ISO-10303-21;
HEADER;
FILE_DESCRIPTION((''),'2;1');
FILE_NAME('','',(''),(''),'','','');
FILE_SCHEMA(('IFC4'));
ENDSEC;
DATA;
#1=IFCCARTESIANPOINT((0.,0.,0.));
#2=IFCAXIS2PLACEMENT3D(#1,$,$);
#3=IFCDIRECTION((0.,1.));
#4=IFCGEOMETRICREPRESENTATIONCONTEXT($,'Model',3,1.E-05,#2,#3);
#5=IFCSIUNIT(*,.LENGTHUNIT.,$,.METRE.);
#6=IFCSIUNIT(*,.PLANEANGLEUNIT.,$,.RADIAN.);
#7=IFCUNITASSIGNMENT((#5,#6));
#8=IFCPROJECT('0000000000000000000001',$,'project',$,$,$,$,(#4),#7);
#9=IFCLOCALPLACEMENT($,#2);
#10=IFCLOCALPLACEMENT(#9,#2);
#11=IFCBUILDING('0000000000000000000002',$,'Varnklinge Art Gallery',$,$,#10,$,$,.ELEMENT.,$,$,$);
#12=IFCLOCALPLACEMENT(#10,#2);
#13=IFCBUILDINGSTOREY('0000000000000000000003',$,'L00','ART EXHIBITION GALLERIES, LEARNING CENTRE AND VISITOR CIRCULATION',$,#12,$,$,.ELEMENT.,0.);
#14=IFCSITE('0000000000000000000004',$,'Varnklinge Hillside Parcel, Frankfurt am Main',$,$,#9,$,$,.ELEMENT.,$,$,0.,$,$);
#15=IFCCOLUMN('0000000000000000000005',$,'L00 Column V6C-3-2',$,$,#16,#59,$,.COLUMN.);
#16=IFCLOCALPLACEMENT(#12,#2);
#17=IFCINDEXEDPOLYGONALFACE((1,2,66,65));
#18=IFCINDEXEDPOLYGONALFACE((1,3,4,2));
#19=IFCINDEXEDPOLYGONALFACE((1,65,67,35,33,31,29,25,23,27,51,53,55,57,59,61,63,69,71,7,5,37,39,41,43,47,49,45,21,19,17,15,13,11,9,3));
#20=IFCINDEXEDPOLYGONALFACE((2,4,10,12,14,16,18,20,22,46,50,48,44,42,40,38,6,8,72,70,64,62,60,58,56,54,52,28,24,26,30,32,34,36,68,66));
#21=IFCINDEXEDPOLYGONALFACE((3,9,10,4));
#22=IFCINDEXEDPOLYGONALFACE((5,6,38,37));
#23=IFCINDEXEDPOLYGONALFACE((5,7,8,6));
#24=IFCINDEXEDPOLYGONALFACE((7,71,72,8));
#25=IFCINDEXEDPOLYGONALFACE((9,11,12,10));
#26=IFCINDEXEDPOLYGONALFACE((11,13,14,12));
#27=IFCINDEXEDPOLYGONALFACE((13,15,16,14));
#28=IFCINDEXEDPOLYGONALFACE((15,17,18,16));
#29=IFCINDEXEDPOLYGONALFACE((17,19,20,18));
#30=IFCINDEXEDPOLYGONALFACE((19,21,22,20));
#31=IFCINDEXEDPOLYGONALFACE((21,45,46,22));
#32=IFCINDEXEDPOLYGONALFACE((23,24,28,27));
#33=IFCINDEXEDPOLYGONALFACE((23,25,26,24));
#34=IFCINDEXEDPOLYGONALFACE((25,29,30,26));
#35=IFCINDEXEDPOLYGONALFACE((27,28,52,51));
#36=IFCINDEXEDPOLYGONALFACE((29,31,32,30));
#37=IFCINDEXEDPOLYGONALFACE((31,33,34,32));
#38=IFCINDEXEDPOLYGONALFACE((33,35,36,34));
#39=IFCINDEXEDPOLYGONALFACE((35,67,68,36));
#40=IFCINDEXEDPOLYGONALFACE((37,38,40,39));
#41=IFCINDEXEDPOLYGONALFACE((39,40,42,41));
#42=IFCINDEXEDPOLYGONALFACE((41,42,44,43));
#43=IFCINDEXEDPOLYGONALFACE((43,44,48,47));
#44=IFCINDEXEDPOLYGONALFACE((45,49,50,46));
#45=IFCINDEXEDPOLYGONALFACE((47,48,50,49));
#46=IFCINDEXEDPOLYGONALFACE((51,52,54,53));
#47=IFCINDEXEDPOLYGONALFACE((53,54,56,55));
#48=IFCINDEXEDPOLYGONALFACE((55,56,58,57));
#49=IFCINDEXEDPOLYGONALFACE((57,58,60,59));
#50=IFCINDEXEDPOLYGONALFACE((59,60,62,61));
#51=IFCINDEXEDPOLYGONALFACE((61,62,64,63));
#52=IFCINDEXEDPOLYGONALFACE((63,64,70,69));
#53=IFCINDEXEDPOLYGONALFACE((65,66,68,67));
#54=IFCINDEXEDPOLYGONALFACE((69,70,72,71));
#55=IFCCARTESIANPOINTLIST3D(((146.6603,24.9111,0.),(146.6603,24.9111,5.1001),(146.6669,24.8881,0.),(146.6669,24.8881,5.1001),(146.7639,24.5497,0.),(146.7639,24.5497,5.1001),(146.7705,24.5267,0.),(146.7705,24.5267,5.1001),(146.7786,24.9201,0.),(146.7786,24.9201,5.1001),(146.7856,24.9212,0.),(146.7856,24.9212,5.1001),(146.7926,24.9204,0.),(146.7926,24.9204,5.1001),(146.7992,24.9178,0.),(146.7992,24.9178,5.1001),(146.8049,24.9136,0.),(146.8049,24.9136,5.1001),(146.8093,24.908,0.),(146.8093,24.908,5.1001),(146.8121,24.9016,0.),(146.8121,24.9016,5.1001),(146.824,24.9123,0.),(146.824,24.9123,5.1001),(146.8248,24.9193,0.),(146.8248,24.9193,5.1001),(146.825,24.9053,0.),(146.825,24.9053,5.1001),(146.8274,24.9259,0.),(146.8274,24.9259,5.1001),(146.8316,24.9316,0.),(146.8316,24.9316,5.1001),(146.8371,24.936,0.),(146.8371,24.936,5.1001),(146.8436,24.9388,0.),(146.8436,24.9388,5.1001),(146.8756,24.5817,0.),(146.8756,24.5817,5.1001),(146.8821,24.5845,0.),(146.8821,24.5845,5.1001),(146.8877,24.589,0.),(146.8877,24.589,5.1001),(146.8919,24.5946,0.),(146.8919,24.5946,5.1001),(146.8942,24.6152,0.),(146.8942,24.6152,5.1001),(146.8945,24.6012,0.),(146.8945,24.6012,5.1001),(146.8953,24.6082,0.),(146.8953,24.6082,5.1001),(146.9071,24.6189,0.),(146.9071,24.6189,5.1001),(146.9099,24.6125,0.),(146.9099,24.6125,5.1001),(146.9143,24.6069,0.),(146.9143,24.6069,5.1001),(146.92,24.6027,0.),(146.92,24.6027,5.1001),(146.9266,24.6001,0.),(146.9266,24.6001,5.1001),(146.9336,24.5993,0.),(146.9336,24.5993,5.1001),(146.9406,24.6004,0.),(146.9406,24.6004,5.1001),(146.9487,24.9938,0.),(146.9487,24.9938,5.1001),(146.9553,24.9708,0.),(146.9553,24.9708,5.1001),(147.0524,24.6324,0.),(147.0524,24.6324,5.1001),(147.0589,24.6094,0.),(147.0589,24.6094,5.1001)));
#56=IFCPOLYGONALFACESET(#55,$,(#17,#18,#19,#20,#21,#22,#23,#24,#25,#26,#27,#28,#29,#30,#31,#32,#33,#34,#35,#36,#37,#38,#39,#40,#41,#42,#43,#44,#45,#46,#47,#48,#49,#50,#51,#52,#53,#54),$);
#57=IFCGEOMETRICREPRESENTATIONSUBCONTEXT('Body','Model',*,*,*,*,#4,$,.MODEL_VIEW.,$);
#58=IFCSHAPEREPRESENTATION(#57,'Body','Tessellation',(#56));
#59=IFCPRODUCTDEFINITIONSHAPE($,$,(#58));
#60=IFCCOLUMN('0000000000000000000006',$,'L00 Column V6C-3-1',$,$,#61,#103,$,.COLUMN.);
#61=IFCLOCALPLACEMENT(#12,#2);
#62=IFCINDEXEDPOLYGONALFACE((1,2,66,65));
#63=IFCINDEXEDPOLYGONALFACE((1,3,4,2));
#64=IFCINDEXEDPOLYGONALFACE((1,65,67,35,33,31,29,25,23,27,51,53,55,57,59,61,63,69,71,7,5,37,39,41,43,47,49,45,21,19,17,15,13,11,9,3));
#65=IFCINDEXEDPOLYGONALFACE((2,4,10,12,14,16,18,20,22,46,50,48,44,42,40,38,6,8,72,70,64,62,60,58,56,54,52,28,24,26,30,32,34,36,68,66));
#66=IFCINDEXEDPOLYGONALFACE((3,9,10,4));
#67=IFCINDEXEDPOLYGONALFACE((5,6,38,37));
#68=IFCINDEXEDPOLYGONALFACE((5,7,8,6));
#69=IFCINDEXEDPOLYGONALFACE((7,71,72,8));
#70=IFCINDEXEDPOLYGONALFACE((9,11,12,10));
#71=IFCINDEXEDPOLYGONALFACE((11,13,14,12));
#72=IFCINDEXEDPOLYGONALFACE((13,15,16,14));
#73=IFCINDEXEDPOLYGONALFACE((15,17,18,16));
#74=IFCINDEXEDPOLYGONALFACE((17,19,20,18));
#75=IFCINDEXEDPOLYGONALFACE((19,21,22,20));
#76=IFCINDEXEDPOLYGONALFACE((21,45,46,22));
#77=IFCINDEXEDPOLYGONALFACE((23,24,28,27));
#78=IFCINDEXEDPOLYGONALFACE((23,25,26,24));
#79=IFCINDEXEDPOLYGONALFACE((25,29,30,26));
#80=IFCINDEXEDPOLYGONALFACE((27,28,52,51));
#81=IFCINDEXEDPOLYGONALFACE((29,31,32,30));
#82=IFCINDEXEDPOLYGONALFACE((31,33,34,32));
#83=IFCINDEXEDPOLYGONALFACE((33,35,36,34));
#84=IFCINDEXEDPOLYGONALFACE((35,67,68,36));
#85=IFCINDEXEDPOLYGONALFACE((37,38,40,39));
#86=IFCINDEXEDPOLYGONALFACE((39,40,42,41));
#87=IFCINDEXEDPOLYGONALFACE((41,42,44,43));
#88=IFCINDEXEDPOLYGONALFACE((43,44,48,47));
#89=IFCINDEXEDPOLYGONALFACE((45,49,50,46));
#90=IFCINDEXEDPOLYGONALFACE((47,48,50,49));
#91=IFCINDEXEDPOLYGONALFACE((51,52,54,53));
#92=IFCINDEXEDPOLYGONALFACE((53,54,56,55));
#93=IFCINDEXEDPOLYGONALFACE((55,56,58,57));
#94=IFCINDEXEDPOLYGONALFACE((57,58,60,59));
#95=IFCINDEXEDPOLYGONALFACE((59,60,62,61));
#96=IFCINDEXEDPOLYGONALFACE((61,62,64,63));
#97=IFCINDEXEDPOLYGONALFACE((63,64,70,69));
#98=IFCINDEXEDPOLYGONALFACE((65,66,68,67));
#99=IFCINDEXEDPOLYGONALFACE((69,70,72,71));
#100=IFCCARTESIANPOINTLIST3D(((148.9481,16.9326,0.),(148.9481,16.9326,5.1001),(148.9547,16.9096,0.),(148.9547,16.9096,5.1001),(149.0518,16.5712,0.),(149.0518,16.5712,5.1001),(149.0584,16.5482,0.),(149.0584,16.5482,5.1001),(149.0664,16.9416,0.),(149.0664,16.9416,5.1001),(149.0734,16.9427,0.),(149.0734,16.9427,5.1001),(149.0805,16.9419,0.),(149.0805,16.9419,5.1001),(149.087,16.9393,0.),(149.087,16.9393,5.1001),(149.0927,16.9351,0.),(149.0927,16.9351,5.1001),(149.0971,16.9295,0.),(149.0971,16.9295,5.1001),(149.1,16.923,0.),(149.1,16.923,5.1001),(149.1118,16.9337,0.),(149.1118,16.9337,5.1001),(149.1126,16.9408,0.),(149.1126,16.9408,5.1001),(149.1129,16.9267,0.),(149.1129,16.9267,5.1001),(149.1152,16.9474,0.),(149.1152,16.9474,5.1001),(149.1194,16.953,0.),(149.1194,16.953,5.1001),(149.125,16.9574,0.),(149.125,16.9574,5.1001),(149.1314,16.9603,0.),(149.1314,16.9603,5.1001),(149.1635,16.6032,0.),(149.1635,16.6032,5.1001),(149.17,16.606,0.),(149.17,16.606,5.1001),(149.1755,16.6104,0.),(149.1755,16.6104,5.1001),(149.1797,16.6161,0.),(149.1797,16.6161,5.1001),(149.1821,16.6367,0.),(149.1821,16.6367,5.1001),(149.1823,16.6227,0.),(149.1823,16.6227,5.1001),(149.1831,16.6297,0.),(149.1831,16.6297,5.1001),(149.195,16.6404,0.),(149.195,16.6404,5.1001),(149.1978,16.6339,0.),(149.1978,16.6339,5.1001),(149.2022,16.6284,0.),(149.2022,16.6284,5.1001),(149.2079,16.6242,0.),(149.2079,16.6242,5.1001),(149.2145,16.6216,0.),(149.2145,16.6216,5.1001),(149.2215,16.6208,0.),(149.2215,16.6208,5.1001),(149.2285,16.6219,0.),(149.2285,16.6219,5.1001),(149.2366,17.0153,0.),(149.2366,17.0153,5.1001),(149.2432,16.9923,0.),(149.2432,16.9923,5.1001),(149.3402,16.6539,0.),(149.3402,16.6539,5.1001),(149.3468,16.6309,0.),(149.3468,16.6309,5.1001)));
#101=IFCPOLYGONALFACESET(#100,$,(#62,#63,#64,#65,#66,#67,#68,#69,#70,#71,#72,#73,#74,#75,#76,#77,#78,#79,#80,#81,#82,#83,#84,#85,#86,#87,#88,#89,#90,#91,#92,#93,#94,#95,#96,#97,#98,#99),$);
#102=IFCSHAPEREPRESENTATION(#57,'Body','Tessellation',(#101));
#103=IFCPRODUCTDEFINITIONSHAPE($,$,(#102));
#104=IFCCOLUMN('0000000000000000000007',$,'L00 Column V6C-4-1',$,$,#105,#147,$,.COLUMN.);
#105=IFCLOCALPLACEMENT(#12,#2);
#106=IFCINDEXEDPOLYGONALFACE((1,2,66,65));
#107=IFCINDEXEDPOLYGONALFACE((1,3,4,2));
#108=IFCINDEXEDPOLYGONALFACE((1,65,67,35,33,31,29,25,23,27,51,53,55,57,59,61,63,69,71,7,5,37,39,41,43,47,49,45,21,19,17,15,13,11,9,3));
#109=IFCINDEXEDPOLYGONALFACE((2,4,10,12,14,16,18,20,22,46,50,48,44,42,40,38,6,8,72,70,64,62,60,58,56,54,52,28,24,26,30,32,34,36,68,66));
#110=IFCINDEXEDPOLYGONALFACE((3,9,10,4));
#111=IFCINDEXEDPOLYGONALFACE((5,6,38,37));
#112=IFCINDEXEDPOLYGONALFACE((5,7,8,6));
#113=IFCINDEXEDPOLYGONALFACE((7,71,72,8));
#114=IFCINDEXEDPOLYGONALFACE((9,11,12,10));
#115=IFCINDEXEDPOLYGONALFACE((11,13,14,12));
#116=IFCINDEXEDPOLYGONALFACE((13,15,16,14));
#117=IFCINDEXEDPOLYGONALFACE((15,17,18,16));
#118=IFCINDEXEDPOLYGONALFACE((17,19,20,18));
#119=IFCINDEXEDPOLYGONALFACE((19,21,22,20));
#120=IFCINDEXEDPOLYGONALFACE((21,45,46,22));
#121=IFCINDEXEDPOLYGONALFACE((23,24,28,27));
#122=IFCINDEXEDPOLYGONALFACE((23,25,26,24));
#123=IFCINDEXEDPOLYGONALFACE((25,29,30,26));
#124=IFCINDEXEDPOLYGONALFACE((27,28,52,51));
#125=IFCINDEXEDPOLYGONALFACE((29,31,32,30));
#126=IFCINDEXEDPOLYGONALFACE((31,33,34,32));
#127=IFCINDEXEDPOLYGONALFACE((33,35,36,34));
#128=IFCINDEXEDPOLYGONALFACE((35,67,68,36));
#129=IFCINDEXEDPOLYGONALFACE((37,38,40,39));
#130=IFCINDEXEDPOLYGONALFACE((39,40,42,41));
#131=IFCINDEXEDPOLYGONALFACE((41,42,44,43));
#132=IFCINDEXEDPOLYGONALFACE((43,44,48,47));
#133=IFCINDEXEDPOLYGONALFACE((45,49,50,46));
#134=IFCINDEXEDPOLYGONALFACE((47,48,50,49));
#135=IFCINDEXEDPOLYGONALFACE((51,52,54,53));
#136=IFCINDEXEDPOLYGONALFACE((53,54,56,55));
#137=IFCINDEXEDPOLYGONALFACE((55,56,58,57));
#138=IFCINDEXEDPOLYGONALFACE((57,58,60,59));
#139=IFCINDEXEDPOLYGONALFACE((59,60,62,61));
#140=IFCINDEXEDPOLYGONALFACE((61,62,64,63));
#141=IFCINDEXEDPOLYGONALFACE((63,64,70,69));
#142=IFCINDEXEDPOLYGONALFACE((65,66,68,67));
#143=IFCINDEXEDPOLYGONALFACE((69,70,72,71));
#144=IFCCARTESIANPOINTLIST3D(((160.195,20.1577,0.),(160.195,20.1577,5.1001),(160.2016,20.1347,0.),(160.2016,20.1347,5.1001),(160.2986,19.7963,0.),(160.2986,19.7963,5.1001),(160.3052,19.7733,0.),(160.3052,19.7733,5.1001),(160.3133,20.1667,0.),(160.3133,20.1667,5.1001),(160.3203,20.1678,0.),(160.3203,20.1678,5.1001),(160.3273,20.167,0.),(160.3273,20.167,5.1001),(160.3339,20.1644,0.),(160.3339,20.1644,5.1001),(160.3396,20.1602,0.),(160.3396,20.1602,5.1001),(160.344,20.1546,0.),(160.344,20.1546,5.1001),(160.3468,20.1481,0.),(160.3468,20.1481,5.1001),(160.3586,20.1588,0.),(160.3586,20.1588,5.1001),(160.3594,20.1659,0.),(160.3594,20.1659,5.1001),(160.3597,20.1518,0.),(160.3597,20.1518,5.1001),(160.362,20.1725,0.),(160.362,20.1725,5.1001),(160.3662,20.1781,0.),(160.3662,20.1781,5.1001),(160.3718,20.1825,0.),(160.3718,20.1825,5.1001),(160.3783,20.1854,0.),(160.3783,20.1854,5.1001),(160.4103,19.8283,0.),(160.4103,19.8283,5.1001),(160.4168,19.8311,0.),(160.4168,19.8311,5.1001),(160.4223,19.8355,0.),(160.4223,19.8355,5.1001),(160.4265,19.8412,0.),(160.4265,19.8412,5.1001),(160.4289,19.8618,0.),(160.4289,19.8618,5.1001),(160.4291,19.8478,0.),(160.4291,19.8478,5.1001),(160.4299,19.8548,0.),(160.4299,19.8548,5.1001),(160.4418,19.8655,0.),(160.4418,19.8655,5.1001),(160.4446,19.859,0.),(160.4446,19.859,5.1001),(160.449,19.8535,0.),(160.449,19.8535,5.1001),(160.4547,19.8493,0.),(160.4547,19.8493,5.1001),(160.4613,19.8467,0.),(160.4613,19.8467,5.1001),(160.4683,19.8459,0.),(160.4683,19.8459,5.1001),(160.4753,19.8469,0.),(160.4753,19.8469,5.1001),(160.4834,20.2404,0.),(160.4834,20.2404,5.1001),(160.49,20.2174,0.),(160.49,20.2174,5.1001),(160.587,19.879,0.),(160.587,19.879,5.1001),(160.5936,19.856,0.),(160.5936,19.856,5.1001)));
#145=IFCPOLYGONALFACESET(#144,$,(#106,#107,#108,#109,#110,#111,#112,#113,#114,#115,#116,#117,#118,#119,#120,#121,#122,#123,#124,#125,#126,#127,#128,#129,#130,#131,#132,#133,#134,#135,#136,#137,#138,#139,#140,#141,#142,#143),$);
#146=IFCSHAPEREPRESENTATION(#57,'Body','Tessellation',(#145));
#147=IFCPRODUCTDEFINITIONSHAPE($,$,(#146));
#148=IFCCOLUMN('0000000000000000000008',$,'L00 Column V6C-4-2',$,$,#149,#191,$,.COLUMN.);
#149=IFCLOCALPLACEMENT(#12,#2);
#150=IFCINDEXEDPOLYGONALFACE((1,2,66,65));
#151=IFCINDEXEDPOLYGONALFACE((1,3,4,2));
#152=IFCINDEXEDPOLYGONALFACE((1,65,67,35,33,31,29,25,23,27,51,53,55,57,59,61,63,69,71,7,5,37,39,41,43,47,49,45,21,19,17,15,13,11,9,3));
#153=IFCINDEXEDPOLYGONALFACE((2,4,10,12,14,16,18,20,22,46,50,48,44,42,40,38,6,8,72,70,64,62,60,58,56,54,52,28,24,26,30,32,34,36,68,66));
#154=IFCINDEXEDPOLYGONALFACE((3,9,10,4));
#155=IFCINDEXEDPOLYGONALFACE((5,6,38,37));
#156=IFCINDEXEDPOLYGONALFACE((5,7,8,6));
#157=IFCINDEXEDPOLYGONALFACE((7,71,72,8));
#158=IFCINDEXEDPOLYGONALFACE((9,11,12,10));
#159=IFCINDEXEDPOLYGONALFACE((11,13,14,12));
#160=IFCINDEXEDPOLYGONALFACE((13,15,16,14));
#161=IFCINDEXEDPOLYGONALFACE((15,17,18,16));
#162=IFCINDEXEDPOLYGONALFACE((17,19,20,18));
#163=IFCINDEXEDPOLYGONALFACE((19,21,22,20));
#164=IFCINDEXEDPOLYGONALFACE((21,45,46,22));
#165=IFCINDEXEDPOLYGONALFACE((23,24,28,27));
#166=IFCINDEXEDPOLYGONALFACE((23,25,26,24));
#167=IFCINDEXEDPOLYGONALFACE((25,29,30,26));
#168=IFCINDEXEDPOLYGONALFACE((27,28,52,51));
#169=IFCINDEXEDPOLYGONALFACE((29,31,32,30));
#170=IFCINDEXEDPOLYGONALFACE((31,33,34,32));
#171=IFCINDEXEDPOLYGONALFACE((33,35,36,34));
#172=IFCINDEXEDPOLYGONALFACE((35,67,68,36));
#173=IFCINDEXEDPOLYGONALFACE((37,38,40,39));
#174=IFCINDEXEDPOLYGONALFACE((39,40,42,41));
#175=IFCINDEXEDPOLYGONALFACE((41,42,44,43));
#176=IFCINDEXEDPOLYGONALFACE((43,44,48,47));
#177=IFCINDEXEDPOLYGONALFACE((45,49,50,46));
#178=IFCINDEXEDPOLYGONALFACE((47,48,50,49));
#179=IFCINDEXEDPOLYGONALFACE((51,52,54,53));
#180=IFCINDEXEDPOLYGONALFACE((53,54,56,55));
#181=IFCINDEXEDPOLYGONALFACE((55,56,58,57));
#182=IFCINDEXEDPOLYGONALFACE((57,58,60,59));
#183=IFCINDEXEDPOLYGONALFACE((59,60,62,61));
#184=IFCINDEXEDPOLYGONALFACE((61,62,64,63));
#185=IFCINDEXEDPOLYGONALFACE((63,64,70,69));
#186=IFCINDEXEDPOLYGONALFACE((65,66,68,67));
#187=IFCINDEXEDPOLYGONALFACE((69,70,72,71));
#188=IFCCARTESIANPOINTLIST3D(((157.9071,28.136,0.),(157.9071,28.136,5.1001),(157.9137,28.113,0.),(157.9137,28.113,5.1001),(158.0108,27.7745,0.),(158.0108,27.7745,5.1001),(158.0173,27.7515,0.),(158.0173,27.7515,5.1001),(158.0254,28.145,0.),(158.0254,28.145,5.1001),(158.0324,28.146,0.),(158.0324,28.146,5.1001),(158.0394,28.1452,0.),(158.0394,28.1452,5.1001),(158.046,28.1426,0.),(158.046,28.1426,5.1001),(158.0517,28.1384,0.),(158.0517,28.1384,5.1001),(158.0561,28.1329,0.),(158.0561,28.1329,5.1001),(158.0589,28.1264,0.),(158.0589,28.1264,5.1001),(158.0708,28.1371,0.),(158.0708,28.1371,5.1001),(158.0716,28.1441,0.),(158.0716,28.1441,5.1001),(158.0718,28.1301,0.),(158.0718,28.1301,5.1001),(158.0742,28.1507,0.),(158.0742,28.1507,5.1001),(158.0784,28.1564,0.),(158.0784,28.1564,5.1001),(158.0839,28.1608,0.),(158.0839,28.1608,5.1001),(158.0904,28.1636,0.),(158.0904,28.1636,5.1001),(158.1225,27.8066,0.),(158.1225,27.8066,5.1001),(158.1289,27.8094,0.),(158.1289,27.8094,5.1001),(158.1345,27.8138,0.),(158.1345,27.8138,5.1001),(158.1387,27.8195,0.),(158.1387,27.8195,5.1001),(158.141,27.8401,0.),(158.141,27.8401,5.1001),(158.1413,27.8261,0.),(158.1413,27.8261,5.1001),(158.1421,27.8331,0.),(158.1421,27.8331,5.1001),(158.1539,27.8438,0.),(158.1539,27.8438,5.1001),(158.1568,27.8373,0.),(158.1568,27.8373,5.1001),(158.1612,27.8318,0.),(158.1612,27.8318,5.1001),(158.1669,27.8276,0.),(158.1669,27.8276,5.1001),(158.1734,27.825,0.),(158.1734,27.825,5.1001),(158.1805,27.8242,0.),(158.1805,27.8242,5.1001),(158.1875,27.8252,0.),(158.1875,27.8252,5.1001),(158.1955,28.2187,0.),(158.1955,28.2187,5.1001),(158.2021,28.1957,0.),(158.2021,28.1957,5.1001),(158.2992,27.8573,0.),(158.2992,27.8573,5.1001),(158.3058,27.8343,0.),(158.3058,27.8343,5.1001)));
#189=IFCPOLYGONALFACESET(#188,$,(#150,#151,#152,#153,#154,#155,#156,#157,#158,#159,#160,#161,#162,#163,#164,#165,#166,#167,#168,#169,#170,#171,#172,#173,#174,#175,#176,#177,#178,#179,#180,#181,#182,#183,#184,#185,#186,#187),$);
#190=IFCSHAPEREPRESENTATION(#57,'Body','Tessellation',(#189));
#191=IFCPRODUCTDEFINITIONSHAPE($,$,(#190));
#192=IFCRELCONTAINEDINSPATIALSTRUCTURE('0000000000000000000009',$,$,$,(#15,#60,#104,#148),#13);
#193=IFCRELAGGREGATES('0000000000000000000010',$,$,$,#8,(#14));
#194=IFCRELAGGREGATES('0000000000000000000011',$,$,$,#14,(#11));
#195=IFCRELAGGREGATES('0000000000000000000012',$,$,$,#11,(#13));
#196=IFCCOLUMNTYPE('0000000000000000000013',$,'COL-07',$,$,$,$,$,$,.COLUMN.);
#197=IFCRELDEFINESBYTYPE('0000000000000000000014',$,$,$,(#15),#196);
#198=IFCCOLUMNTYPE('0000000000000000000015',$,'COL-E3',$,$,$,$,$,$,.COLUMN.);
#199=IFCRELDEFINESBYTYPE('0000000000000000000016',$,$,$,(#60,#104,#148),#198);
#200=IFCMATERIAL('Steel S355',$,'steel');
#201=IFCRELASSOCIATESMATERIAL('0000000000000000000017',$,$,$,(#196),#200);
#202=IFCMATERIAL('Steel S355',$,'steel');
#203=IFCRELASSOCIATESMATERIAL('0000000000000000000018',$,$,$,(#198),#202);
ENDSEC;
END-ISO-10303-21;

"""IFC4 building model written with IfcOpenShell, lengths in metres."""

from ifc_helpers import new_model, si_unit, direction, frame, origin, origin_2d, place, context, subcontext, project, spatial, i_section, extrude, material, material_profile, profile_set, type_object, element, save


model = new_model("IFC4")

# Units and contexts
model_context = context("Model", 3, precision=1e-05, world=origin(), true_north=direction((0.0, 1.0)))
body_context = subcontext(model_context, "Body", "Model", "MODEL_VIEW")
ifc_project = project(units=[si_unit("LENGTHUNIT", "METRE"), si_unit("PLANEANGLEUNIT", "RADIAN")], contexts=[model_context])

# Site, building, storey
site_placement = place(None, origin())
site = spatial("IfcSite", under=ifc_project, at=site_placement, Name="Varnklinge Hillside Parcel, Frankfurt am Main", CompositionType="ELEMENT", RefElevation=0.0)
building_placement = place(site_placement, origin())
building = spatial("IfcBuilding", under=site, at=building_placement, Name="Varnklinge Art Gallery", CompositionType="ELEMENT")
storey_placement = place(building_placement, origin())
storey = spatial("IfcBuildingStorey", under=building, at=storey_placement, Name="L00", Description="ART EXHIBITION GALLERIES, LEARNING CENTRE AND VISITOR CIRCULATION", CompositionType="ELEMENT", Elevation=0.0)

# Columns
ifc_material_1 = material(Name="Steel S355", Category="steel")
ifc_material_profile_1 = material_profile(ifc_material_1, i_section(OverallWidth=0.3, OverallDepth=0.3999, WebThickness=0.0134, FlangeThickness=0.0239, FilletRadius=0.0271, at=origin_2d()), Name="HEB 400")
ifc_profile_set_1 = profile_set([ifc_material_profile_1], Name="Steel S355")
column_type_1 = type_object("IfcColumnType", Name="COL-07", PredefinedType="COLUMN", material=ifc_profile_set_1)
column_placement = place(storey_placement, frame((146.8596, 24.7603, 0.0), z_axis=(0.0, 0.0, 1.0), x_axis=(0.961262, 0.275637, 0.0)))
element("IfcColumn", 1, at=column_placement, inside=storey, type_object=column_type_1, Name="L00 Column V6C-3-2", PredefinedType="COLUMN", context=body_context, shape_type="SweptSolid", body=[
    extrude(i_section(OverallWidth=0.3, OverallDepth=0.3999, WebThickness=0.0134, FlangeThickness=0.0239, FilletRadius=0.0271, at=origin_2d()), origin(), (0.0, 0.0, 1.0), 5.1001),
])
ifc_material_2 = material(Name="Steel S355", Category="steel")
ifc_material_profile_2 = material_profile(ifc_material_2, i_section(OverallWidth=0.3, OverallDepth=0.3999, WebThickness=0.0134, FlangeThickness=0.0239, FilletRadius=0.0271, at=origin_2d()), Name="HEB 400")
ifc_profile_set_2 = profile_set([ifc_material_profile_2], Name="Steel S355")
column_type_2 = type_object("IfcColumnType", Name="COL-E3", PredefinedType="COLUMN", material=ifc_profile_set_2)
for number, where, z_axis, x_axis, name in (
    (2, (149.1475, 16.7817, 0.0), (0.0, 0.0, 1.0), (0.961262, 0.275637, 0.0), "L00 Column V6C-3-1"),
    (3, (160.3943, 20.0068, 0.0), (0.0, 0.0, 1.0), (0.961262, 0.275637, 0.0), "L00 Column V6C-4-1"),
    (4, (158.1064, 27.9851, 0.0), (0.0, 0.0, 1.0), (0.961262, 0.275637, 0.0), "L00 Column V6C-4-2"),
):
    element("IfcColumn", number, at=place(storey_placement, frame(where, z_axis=z_axis, x_axis=x_axis)), inside=storey, type_object=column_type_2, Name=name, PredefinedType="COLUMN", context=body_context, shape_type="SweptSolid", body=[
        extrude(i_section(OverallWidth=0.3, OverallDepth=0.3999, WebThickness=0.0134, FlangeThickness=0.0239, FilletRadius=0.0271, at=origin_2d()), origin(), (0.0, 0.0, 1.0), 5.1001),
    ])

save(model, "model.ifc")
